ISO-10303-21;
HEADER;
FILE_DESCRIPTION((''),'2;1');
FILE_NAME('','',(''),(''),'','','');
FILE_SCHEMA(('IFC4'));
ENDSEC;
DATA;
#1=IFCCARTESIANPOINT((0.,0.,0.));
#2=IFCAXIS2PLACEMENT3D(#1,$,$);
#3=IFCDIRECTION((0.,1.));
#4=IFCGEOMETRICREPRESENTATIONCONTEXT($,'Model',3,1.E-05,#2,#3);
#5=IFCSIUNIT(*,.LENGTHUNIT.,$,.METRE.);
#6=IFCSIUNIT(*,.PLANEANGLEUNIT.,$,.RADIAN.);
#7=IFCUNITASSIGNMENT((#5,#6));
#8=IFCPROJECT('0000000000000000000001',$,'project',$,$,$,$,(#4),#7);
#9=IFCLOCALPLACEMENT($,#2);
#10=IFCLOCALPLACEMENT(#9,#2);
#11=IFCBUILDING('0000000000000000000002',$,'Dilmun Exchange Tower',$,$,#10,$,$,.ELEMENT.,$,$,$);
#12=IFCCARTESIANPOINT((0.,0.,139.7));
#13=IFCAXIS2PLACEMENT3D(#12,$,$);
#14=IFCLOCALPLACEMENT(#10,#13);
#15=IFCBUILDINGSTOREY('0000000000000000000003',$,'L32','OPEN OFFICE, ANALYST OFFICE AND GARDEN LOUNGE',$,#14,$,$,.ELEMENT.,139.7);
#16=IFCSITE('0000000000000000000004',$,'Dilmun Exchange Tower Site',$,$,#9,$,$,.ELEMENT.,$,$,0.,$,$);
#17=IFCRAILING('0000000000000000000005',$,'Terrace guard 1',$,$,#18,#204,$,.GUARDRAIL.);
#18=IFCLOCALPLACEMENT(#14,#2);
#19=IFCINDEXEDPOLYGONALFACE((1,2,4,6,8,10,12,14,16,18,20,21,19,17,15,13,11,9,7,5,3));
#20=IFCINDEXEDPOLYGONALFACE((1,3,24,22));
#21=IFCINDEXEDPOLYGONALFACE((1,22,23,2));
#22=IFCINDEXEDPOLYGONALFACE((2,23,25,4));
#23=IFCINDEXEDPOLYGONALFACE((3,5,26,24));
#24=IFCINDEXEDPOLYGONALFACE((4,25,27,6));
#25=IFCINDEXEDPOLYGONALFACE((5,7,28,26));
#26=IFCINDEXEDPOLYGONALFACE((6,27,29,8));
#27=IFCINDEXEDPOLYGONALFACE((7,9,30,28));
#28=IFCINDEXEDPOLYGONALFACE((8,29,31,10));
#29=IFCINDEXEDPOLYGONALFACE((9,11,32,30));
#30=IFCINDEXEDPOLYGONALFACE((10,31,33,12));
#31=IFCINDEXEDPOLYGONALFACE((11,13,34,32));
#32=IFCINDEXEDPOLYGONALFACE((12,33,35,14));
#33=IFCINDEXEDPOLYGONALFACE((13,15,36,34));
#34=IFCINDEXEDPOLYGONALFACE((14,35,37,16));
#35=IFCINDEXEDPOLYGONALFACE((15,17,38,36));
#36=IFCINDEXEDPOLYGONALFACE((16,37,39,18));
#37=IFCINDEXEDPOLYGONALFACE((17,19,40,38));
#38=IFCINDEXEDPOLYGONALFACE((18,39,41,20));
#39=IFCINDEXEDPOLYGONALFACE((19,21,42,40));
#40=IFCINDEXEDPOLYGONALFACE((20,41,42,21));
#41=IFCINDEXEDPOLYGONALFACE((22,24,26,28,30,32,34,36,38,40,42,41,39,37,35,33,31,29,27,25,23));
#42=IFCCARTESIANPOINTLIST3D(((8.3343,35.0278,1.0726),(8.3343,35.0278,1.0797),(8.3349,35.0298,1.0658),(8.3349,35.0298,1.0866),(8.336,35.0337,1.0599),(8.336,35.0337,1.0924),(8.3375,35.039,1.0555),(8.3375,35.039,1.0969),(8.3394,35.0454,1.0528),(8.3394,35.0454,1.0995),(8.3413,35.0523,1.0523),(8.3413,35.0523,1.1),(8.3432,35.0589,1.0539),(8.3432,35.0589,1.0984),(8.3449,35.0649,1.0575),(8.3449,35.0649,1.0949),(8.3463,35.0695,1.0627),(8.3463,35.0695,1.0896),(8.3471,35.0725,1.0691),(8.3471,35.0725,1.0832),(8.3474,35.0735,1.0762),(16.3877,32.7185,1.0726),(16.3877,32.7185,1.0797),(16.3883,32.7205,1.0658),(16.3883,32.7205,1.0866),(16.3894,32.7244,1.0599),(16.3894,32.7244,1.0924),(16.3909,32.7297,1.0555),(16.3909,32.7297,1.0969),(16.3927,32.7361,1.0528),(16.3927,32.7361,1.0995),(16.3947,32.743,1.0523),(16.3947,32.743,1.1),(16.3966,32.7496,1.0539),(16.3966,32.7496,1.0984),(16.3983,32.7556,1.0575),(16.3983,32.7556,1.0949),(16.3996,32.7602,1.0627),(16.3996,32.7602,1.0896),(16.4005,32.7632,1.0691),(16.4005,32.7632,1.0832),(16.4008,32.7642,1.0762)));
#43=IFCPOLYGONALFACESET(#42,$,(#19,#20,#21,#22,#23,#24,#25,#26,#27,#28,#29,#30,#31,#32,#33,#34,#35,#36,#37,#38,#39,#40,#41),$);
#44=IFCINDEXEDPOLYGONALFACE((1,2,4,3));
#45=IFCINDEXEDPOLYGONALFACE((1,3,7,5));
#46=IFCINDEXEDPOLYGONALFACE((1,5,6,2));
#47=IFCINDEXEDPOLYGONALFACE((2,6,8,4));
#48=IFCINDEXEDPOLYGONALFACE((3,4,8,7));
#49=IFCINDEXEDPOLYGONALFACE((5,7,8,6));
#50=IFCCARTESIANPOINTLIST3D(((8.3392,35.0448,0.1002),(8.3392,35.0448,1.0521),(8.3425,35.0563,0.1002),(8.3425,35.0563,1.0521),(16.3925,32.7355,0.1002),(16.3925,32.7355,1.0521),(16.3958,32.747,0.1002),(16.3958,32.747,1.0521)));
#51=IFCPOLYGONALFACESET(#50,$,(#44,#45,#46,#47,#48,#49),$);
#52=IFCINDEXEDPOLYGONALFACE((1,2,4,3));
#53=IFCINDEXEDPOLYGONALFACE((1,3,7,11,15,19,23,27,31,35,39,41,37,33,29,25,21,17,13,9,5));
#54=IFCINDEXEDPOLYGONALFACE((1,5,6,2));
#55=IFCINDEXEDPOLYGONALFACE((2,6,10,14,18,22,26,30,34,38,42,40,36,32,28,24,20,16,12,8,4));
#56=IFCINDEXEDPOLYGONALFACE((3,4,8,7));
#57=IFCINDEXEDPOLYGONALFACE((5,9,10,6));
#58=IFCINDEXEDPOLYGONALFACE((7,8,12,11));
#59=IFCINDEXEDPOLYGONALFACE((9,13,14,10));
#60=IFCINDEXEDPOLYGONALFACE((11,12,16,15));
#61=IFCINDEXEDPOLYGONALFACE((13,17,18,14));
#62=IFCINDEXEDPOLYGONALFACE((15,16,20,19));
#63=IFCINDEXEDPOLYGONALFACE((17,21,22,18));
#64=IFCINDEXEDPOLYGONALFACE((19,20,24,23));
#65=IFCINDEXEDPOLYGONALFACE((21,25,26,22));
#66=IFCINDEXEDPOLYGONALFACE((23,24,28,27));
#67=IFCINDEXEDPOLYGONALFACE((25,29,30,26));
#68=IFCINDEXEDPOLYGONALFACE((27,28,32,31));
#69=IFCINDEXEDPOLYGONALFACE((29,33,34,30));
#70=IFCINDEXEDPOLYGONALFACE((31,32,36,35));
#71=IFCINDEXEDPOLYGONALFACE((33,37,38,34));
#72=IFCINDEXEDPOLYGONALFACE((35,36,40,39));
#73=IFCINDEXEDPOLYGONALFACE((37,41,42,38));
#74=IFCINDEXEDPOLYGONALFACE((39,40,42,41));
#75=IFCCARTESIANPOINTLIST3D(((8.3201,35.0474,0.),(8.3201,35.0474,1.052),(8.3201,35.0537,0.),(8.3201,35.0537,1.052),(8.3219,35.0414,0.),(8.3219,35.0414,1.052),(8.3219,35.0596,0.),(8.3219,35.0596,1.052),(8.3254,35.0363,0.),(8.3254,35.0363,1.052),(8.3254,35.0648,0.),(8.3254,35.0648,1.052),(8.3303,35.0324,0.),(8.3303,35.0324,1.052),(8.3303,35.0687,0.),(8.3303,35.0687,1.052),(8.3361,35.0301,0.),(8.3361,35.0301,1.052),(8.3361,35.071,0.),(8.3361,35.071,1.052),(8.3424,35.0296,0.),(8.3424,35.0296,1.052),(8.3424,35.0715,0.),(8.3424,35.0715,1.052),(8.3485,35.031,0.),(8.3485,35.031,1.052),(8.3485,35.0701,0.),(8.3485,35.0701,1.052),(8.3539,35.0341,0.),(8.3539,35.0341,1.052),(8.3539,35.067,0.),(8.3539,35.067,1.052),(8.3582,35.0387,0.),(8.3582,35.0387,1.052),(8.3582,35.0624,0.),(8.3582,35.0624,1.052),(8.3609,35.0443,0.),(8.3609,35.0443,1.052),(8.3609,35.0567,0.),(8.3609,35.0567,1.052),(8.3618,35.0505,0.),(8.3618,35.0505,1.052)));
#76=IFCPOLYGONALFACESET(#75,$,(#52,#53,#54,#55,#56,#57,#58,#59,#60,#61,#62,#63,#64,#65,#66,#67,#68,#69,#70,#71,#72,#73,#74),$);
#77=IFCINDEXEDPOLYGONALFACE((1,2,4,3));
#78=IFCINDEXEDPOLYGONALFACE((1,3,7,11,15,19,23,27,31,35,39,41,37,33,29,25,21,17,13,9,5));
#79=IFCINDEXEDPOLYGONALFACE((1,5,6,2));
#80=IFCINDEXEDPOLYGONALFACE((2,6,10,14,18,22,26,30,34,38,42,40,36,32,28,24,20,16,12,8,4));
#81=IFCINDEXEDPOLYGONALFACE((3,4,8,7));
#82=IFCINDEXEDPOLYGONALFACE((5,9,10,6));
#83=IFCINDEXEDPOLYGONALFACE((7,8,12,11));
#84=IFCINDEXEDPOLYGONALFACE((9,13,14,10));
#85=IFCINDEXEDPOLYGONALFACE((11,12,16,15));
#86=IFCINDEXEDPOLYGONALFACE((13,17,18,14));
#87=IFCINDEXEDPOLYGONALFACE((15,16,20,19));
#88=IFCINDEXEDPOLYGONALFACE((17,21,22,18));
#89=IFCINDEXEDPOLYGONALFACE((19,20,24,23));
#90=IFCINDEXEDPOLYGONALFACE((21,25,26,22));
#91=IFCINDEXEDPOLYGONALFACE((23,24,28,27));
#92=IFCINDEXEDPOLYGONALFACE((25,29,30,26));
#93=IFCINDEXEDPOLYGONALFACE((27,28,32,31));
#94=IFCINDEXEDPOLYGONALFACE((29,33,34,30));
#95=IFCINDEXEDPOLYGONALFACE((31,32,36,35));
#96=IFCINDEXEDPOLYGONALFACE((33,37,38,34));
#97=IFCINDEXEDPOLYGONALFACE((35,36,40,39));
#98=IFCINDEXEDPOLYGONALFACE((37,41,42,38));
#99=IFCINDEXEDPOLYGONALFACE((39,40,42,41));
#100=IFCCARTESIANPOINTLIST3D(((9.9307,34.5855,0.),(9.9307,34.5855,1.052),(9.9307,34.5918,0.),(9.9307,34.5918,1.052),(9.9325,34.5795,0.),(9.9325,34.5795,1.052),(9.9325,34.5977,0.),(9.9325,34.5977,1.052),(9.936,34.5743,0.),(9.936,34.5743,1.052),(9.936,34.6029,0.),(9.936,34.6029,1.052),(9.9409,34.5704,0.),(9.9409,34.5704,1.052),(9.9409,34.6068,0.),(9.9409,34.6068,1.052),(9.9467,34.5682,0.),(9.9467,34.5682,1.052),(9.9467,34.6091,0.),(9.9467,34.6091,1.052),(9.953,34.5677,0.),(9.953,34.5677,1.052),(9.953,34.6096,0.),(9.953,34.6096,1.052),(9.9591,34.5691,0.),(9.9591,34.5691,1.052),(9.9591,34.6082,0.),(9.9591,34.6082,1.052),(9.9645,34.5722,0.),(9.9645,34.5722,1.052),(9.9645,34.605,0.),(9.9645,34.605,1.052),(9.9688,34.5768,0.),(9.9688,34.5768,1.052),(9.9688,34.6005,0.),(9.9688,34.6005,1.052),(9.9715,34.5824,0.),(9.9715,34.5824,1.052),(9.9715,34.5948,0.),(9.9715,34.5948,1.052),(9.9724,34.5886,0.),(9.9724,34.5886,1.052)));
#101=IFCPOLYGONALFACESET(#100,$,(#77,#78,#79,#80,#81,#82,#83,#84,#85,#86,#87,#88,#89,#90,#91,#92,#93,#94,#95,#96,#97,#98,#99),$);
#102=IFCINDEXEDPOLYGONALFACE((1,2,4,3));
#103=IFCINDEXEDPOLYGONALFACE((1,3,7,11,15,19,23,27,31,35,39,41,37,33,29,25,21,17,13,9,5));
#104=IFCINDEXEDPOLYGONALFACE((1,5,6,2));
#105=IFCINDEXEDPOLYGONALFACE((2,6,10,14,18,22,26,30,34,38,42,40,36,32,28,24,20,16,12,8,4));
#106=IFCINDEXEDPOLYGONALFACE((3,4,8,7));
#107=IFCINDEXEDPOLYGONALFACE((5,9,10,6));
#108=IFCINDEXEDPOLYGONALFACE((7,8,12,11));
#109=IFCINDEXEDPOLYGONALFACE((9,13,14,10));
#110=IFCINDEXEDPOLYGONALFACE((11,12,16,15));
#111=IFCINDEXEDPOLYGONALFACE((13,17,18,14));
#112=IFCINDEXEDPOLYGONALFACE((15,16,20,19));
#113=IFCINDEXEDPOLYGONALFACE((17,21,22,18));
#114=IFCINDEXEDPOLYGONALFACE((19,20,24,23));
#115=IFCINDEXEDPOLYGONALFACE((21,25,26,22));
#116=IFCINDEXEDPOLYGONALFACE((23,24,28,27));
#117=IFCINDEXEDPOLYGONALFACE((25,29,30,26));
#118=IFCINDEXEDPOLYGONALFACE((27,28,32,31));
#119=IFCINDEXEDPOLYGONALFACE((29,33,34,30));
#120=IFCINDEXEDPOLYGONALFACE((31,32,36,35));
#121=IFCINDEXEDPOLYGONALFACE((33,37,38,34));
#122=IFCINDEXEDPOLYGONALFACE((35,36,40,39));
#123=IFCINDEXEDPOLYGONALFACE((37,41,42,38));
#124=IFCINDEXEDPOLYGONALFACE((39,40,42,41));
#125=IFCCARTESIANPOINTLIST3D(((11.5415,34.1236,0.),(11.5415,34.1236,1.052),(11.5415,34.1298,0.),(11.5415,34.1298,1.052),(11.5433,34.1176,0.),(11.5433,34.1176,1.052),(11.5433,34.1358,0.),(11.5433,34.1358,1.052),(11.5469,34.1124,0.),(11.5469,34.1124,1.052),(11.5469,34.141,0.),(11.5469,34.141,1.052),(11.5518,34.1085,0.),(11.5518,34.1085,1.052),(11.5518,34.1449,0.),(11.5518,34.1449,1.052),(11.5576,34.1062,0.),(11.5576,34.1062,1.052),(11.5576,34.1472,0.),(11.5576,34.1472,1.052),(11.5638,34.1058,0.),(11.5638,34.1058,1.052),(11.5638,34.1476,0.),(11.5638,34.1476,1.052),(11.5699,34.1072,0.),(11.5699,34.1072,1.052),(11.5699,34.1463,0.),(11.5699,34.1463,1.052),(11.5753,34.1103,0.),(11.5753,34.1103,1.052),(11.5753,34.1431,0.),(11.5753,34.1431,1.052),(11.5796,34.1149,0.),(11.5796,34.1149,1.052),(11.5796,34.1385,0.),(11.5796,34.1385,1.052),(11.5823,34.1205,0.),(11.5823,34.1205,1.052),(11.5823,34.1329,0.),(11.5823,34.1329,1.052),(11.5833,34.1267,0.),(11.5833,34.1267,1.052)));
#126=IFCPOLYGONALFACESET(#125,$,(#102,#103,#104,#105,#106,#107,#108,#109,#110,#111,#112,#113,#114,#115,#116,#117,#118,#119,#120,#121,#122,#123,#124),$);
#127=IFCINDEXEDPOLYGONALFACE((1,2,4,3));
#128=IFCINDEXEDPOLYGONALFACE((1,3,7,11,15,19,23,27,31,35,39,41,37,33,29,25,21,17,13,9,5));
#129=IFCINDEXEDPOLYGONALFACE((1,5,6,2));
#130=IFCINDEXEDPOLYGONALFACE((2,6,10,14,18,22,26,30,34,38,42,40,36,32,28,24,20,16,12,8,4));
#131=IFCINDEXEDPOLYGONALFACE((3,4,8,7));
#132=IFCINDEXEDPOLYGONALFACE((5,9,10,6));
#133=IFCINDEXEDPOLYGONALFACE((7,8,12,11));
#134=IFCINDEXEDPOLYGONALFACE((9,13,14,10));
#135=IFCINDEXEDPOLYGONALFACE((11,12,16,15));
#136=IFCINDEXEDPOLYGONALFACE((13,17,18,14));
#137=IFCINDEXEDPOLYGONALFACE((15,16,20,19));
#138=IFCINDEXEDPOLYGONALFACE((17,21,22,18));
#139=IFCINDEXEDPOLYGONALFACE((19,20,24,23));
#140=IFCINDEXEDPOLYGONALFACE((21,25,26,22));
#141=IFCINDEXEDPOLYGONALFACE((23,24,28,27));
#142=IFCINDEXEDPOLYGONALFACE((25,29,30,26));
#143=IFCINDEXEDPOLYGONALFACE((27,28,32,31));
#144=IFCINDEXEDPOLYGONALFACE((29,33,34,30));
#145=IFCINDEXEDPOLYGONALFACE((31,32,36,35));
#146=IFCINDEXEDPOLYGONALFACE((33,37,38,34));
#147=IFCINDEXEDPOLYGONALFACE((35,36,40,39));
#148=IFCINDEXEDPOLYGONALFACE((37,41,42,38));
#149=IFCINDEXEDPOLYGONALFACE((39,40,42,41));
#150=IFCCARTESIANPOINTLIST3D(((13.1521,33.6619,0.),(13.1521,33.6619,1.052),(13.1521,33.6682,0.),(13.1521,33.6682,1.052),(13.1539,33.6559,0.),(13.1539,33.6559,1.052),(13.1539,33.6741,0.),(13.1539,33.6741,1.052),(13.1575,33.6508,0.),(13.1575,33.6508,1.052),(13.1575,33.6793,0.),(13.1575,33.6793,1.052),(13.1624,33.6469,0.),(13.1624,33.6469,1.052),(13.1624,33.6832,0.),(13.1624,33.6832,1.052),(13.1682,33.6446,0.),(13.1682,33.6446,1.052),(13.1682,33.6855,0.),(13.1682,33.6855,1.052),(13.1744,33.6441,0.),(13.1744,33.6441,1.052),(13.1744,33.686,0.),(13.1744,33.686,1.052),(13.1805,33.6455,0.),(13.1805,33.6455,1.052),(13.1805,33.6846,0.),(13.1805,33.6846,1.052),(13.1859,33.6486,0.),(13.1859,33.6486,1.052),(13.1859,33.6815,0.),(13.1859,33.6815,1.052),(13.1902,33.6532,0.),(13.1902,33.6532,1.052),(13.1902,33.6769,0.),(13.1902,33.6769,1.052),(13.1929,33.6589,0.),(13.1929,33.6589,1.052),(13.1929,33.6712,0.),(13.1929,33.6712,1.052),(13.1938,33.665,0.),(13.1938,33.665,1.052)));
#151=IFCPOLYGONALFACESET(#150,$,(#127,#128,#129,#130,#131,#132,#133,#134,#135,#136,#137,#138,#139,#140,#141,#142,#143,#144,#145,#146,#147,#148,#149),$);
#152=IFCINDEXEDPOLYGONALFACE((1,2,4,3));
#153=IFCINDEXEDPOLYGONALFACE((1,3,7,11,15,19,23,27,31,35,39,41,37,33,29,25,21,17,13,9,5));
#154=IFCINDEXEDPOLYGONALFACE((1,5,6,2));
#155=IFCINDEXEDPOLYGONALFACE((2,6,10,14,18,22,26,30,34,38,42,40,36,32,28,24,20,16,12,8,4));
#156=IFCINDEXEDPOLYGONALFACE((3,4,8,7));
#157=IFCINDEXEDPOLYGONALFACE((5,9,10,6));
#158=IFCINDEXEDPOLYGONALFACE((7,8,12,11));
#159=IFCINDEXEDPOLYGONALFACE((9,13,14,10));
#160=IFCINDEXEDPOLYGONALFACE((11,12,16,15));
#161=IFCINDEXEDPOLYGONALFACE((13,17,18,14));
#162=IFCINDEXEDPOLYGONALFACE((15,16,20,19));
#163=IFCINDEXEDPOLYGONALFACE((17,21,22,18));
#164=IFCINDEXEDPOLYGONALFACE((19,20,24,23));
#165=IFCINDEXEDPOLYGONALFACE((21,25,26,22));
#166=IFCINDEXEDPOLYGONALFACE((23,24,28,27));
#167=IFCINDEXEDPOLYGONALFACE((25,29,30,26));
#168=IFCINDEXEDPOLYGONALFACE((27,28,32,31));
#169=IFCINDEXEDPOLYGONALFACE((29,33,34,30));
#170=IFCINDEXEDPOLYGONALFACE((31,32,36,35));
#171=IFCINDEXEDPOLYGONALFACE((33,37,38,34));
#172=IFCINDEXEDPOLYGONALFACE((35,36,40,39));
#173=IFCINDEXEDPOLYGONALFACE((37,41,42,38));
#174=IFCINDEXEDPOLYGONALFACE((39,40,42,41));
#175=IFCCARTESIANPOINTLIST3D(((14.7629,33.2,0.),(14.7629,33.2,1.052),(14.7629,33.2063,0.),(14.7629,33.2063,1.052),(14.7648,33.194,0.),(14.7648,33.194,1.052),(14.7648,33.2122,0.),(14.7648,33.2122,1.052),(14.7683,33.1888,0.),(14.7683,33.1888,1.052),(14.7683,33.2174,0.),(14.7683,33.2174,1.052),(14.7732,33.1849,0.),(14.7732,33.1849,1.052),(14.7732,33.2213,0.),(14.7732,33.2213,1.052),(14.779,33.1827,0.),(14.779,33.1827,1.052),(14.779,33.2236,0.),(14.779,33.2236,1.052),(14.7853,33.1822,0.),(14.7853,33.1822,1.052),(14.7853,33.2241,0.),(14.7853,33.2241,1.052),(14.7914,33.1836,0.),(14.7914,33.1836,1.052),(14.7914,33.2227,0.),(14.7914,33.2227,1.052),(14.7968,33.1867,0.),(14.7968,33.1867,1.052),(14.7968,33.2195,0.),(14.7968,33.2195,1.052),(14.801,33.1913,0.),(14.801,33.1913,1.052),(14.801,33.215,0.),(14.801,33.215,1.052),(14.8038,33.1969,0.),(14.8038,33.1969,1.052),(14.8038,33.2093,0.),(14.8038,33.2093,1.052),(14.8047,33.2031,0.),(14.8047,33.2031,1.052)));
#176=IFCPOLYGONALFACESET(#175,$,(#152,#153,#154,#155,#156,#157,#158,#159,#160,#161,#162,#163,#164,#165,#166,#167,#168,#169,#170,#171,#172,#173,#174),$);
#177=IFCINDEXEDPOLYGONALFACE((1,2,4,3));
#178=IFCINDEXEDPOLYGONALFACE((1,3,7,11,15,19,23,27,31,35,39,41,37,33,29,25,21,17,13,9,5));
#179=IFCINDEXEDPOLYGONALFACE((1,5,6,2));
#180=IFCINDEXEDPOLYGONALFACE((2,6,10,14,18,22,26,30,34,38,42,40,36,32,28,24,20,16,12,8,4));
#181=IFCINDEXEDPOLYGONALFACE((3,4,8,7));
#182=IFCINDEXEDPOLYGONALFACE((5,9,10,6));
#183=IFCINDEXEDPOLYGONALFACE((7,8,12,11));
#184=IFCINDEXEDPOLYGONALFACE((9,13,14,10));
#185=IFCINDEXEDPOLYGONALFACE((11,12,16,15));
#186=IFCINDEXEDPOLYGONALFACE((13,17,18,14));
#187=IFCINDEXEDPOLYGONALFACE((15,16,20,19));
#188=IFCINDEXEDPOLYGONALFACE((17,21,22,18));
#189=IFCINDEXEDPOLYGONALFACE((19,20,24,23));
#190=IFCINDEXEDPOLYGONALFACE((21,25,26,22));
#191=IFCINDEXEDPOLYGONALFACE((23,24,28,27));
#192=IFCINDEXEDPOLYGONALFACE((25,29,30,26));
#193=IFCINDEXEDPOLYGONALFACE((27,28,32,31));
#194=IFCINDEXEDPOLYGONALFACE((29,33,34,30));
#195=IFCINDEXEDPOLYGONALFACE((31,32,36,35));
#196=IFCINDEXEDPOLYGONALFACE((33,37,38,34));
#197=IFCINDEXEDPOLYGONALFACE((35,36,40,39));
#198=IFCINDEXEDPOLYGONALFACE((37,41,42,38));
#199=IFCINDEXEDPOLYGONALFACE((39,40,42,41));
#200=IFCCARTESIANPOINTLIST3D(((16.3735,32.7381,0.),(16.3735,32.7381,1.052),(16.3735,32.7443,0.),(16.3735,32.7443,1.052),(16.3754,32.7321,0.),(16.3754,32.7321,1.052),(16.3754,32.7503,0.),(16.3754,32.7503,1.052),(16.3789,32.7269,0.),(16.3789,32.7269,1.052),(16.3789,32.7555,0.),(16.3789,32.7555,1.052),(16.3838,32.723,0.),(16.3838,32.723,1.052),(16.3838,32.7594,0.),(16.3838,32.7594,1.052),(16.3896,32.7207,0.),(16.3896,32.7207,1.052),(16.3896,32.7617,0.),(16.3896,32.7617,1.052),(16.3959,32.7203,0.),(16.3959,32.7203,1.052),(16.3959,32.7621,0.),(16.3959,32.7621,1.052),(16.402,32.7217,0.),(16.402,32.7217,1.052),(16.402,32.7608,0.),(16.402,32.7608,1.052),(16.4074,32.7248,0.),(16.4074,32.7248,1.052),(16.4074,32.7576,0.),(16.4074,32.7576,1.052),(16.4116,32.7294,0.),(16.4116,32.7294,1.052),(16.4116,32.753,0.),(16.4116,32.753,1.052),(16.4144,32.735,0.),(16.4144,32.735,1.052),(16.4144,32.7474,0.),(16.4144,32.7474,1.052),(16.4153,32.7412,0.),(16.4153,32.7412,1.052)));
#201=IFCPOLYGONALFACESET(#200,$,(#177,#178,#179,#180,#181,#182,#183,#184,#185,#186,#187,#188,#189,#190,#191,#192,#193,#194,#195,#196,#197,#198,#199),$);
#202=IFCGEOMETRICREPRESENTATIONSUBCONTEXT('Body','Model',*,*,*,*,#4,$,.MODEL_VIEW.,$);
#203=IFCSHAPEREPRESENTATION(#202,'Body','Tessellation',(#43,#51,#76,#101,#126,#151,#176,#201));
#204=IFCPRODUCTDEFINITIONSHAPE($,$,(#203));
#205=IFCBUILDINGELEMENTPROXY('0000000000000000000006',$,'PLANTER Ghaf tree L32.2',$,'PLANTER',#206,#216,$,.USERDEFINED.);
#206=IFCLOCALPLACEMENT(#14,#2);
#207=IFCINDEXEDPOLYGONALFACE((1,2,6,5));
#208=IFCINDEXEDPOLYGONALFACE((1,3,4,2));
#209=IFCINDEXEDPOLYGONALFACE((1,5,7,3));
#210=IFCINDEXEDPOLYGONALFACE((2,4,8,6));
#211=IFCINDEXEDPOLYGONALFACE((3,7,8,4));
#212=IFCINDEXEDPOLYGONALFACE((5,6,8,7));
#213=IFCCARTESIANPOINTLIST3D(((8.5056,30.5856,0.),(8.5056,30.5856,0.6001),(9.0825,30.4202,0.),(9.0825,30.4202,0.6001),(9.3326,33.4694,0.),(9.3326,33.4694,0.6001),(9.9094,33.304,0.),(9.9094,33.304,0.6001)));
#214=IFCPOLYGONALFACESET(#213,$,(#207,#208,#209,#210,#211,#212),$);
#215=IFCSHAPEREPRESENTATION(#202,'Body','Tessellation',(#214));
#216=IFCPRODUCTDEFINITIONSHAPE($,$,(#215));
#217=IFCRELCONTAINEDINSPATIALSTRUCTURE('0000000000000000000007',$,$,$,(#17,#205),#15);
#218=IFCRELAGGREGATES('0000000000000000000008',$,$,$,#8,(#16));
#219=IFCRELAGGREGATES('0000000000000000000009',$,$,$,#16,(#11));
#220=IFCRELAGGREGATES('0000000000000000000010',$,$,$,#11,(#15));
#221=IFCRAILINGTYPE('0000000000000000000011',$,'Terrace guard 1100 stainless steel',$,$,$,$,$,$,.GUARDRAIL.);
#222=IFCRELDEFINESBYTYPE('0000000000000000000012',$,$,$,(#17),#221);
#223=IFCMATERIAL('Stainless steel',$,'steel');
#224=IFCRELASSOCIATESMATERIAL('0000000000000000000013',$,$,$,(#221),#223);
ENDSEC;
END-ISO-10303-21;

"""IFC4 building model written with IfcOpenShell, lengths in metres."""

from ifc_helpers import new_model, si_unit, direction, frame, origin, origin_2d, place, context, subcontext, project, spatial, rectangle, circle, extrude, material, type_object, element, save


model = new_model("IFC4")

# Units and contexts
model_context = context("Model", 3, precision=1e-05, world=origin(), true_north=direction((0.0, 1.0)))
body_context = subcontext(model_context, "Body", "Model", "MODEL_VIEW")
ifc_project = project(units=[si_unit("LENGTHUNIT", "METRE"), si_unit("PLANEANGLEUNIT", "RADIAN")], contexts=[model_context])

# Site, building, storey
site_placement = place(None, origin())
site = spatial("IfcSite", under=ifc_project, at=site_placement, Name="Dilmun Exchange Tower Site", CompositionType="ELEMENT", RefElevation=0.0)
building_placement = place(site_placement, origin())
building = spatial("IfcBuilding", under=site, at=building_placement, Name="Dilmun Exchange Tower", CompositionType="ELEMENT")
storey_placement = place(building_placement, frame((0.0, 0.0, 139.7)))
storey = spatial("IfcBuildingStorey", under=building, at=storey_placement, Name="L32", Description="OPEN OFFICE, ANALYST OFFICE AND GARDEN LOUNGE", CompositionType="ELEMENT", Elevation=139.7)

# Railing
ifc_material_1 = material(Name="Stainless steel", Category="steel")
railing_type = type_object("IfcRailingType", Name="Terrace guard 1100 stainless steel", PredefinedType="GUARDRAIL", material=ifc_material_1)
railing_placement = place(storey_placement, frame((8.3408, 35.0505, 0.0)))
element("IfcRailing", 1, at=railing_placement, inside=storey, type_object=railing_type, Name="Terrace guard 1", PredefinedType="GUARDRAIL", context=body_context, shape_type="SweptSolid", body=[
    extrude(circle(Radius=0.0239, at=origin_2d()), frame((0.0, 0.0, 1.0762), z_axis=(0.961261, -0.275641, 0.0), x_axis=(0.275641, 0.961261, 0.0)), (0.0, 0.0, 1.0), 8.3779),
    extrude(rectangle(XDim=0.012, YDim=0.9519, at=origin_2d()), frame((0.0, 0.0, 0.5762), z_axis=(0.961261, -0.275641, 0.0), x_axis=(0.275641, 0.961261, 0.0)), (0.0, 0.0, 1.0), 8.3779),
    extrude(circle(Radius=0.021, at=origin_2d()), origin(), (0.0, 0.0, 1.0), 1.052),
    extrude(circle(Radius=0.021, at=origin_2d()), frame((1.6106, -0.4619, 0.0)), (0.0, 0.0, 1.0), 1.052),
    extrude(circle(Radius=0.021, at=origin_2d()), frame((3.2214, -0.9238, 0.0)), (0.0, 0.0, 1.0), 1.052),
    extrude(circle(Radius=0.021, at=origin_2d()), frame((4.832, -1.3855, 0.0)), (0.0, 0.0, 1.0), 1.052),
    extrude(circle(Radius=0.021, at=origin_2d()), frame((6.4429, -1.8474, 0.0)), (0.0, 0.0, 1.0), 1.052),
    extrude(circle(Radius=0.021, at=origin_2d()), frame((8.0535, -2.3093, 0.0)), (0.0, 0.0, 1.0), 1.052),
])

# Building element proxy
proxy_placement = place(storey_placement, frame((9.2075, 31.9448, 0.0), z_axis=(0.0, 0.0, 1.0), x_axis=(0.275637, 0.961262, 0.0)))
element("IfcBuildingElementProxy", 2, at=proxy_placement, inside=storey, Name="PLANTER Ghaf tree L32.2", ObjectType="PLANTER", PredefinedType="USERDEFINED", context=body_context, shape_type="SweptSolid", body=[
    extrude(rectangle(XDim=3.0, YDim=0.6001, at=origin_2d()), origin(), (0.0, 0.0, 1.0), 0.6001),
])

save(model, "model.ifc")
